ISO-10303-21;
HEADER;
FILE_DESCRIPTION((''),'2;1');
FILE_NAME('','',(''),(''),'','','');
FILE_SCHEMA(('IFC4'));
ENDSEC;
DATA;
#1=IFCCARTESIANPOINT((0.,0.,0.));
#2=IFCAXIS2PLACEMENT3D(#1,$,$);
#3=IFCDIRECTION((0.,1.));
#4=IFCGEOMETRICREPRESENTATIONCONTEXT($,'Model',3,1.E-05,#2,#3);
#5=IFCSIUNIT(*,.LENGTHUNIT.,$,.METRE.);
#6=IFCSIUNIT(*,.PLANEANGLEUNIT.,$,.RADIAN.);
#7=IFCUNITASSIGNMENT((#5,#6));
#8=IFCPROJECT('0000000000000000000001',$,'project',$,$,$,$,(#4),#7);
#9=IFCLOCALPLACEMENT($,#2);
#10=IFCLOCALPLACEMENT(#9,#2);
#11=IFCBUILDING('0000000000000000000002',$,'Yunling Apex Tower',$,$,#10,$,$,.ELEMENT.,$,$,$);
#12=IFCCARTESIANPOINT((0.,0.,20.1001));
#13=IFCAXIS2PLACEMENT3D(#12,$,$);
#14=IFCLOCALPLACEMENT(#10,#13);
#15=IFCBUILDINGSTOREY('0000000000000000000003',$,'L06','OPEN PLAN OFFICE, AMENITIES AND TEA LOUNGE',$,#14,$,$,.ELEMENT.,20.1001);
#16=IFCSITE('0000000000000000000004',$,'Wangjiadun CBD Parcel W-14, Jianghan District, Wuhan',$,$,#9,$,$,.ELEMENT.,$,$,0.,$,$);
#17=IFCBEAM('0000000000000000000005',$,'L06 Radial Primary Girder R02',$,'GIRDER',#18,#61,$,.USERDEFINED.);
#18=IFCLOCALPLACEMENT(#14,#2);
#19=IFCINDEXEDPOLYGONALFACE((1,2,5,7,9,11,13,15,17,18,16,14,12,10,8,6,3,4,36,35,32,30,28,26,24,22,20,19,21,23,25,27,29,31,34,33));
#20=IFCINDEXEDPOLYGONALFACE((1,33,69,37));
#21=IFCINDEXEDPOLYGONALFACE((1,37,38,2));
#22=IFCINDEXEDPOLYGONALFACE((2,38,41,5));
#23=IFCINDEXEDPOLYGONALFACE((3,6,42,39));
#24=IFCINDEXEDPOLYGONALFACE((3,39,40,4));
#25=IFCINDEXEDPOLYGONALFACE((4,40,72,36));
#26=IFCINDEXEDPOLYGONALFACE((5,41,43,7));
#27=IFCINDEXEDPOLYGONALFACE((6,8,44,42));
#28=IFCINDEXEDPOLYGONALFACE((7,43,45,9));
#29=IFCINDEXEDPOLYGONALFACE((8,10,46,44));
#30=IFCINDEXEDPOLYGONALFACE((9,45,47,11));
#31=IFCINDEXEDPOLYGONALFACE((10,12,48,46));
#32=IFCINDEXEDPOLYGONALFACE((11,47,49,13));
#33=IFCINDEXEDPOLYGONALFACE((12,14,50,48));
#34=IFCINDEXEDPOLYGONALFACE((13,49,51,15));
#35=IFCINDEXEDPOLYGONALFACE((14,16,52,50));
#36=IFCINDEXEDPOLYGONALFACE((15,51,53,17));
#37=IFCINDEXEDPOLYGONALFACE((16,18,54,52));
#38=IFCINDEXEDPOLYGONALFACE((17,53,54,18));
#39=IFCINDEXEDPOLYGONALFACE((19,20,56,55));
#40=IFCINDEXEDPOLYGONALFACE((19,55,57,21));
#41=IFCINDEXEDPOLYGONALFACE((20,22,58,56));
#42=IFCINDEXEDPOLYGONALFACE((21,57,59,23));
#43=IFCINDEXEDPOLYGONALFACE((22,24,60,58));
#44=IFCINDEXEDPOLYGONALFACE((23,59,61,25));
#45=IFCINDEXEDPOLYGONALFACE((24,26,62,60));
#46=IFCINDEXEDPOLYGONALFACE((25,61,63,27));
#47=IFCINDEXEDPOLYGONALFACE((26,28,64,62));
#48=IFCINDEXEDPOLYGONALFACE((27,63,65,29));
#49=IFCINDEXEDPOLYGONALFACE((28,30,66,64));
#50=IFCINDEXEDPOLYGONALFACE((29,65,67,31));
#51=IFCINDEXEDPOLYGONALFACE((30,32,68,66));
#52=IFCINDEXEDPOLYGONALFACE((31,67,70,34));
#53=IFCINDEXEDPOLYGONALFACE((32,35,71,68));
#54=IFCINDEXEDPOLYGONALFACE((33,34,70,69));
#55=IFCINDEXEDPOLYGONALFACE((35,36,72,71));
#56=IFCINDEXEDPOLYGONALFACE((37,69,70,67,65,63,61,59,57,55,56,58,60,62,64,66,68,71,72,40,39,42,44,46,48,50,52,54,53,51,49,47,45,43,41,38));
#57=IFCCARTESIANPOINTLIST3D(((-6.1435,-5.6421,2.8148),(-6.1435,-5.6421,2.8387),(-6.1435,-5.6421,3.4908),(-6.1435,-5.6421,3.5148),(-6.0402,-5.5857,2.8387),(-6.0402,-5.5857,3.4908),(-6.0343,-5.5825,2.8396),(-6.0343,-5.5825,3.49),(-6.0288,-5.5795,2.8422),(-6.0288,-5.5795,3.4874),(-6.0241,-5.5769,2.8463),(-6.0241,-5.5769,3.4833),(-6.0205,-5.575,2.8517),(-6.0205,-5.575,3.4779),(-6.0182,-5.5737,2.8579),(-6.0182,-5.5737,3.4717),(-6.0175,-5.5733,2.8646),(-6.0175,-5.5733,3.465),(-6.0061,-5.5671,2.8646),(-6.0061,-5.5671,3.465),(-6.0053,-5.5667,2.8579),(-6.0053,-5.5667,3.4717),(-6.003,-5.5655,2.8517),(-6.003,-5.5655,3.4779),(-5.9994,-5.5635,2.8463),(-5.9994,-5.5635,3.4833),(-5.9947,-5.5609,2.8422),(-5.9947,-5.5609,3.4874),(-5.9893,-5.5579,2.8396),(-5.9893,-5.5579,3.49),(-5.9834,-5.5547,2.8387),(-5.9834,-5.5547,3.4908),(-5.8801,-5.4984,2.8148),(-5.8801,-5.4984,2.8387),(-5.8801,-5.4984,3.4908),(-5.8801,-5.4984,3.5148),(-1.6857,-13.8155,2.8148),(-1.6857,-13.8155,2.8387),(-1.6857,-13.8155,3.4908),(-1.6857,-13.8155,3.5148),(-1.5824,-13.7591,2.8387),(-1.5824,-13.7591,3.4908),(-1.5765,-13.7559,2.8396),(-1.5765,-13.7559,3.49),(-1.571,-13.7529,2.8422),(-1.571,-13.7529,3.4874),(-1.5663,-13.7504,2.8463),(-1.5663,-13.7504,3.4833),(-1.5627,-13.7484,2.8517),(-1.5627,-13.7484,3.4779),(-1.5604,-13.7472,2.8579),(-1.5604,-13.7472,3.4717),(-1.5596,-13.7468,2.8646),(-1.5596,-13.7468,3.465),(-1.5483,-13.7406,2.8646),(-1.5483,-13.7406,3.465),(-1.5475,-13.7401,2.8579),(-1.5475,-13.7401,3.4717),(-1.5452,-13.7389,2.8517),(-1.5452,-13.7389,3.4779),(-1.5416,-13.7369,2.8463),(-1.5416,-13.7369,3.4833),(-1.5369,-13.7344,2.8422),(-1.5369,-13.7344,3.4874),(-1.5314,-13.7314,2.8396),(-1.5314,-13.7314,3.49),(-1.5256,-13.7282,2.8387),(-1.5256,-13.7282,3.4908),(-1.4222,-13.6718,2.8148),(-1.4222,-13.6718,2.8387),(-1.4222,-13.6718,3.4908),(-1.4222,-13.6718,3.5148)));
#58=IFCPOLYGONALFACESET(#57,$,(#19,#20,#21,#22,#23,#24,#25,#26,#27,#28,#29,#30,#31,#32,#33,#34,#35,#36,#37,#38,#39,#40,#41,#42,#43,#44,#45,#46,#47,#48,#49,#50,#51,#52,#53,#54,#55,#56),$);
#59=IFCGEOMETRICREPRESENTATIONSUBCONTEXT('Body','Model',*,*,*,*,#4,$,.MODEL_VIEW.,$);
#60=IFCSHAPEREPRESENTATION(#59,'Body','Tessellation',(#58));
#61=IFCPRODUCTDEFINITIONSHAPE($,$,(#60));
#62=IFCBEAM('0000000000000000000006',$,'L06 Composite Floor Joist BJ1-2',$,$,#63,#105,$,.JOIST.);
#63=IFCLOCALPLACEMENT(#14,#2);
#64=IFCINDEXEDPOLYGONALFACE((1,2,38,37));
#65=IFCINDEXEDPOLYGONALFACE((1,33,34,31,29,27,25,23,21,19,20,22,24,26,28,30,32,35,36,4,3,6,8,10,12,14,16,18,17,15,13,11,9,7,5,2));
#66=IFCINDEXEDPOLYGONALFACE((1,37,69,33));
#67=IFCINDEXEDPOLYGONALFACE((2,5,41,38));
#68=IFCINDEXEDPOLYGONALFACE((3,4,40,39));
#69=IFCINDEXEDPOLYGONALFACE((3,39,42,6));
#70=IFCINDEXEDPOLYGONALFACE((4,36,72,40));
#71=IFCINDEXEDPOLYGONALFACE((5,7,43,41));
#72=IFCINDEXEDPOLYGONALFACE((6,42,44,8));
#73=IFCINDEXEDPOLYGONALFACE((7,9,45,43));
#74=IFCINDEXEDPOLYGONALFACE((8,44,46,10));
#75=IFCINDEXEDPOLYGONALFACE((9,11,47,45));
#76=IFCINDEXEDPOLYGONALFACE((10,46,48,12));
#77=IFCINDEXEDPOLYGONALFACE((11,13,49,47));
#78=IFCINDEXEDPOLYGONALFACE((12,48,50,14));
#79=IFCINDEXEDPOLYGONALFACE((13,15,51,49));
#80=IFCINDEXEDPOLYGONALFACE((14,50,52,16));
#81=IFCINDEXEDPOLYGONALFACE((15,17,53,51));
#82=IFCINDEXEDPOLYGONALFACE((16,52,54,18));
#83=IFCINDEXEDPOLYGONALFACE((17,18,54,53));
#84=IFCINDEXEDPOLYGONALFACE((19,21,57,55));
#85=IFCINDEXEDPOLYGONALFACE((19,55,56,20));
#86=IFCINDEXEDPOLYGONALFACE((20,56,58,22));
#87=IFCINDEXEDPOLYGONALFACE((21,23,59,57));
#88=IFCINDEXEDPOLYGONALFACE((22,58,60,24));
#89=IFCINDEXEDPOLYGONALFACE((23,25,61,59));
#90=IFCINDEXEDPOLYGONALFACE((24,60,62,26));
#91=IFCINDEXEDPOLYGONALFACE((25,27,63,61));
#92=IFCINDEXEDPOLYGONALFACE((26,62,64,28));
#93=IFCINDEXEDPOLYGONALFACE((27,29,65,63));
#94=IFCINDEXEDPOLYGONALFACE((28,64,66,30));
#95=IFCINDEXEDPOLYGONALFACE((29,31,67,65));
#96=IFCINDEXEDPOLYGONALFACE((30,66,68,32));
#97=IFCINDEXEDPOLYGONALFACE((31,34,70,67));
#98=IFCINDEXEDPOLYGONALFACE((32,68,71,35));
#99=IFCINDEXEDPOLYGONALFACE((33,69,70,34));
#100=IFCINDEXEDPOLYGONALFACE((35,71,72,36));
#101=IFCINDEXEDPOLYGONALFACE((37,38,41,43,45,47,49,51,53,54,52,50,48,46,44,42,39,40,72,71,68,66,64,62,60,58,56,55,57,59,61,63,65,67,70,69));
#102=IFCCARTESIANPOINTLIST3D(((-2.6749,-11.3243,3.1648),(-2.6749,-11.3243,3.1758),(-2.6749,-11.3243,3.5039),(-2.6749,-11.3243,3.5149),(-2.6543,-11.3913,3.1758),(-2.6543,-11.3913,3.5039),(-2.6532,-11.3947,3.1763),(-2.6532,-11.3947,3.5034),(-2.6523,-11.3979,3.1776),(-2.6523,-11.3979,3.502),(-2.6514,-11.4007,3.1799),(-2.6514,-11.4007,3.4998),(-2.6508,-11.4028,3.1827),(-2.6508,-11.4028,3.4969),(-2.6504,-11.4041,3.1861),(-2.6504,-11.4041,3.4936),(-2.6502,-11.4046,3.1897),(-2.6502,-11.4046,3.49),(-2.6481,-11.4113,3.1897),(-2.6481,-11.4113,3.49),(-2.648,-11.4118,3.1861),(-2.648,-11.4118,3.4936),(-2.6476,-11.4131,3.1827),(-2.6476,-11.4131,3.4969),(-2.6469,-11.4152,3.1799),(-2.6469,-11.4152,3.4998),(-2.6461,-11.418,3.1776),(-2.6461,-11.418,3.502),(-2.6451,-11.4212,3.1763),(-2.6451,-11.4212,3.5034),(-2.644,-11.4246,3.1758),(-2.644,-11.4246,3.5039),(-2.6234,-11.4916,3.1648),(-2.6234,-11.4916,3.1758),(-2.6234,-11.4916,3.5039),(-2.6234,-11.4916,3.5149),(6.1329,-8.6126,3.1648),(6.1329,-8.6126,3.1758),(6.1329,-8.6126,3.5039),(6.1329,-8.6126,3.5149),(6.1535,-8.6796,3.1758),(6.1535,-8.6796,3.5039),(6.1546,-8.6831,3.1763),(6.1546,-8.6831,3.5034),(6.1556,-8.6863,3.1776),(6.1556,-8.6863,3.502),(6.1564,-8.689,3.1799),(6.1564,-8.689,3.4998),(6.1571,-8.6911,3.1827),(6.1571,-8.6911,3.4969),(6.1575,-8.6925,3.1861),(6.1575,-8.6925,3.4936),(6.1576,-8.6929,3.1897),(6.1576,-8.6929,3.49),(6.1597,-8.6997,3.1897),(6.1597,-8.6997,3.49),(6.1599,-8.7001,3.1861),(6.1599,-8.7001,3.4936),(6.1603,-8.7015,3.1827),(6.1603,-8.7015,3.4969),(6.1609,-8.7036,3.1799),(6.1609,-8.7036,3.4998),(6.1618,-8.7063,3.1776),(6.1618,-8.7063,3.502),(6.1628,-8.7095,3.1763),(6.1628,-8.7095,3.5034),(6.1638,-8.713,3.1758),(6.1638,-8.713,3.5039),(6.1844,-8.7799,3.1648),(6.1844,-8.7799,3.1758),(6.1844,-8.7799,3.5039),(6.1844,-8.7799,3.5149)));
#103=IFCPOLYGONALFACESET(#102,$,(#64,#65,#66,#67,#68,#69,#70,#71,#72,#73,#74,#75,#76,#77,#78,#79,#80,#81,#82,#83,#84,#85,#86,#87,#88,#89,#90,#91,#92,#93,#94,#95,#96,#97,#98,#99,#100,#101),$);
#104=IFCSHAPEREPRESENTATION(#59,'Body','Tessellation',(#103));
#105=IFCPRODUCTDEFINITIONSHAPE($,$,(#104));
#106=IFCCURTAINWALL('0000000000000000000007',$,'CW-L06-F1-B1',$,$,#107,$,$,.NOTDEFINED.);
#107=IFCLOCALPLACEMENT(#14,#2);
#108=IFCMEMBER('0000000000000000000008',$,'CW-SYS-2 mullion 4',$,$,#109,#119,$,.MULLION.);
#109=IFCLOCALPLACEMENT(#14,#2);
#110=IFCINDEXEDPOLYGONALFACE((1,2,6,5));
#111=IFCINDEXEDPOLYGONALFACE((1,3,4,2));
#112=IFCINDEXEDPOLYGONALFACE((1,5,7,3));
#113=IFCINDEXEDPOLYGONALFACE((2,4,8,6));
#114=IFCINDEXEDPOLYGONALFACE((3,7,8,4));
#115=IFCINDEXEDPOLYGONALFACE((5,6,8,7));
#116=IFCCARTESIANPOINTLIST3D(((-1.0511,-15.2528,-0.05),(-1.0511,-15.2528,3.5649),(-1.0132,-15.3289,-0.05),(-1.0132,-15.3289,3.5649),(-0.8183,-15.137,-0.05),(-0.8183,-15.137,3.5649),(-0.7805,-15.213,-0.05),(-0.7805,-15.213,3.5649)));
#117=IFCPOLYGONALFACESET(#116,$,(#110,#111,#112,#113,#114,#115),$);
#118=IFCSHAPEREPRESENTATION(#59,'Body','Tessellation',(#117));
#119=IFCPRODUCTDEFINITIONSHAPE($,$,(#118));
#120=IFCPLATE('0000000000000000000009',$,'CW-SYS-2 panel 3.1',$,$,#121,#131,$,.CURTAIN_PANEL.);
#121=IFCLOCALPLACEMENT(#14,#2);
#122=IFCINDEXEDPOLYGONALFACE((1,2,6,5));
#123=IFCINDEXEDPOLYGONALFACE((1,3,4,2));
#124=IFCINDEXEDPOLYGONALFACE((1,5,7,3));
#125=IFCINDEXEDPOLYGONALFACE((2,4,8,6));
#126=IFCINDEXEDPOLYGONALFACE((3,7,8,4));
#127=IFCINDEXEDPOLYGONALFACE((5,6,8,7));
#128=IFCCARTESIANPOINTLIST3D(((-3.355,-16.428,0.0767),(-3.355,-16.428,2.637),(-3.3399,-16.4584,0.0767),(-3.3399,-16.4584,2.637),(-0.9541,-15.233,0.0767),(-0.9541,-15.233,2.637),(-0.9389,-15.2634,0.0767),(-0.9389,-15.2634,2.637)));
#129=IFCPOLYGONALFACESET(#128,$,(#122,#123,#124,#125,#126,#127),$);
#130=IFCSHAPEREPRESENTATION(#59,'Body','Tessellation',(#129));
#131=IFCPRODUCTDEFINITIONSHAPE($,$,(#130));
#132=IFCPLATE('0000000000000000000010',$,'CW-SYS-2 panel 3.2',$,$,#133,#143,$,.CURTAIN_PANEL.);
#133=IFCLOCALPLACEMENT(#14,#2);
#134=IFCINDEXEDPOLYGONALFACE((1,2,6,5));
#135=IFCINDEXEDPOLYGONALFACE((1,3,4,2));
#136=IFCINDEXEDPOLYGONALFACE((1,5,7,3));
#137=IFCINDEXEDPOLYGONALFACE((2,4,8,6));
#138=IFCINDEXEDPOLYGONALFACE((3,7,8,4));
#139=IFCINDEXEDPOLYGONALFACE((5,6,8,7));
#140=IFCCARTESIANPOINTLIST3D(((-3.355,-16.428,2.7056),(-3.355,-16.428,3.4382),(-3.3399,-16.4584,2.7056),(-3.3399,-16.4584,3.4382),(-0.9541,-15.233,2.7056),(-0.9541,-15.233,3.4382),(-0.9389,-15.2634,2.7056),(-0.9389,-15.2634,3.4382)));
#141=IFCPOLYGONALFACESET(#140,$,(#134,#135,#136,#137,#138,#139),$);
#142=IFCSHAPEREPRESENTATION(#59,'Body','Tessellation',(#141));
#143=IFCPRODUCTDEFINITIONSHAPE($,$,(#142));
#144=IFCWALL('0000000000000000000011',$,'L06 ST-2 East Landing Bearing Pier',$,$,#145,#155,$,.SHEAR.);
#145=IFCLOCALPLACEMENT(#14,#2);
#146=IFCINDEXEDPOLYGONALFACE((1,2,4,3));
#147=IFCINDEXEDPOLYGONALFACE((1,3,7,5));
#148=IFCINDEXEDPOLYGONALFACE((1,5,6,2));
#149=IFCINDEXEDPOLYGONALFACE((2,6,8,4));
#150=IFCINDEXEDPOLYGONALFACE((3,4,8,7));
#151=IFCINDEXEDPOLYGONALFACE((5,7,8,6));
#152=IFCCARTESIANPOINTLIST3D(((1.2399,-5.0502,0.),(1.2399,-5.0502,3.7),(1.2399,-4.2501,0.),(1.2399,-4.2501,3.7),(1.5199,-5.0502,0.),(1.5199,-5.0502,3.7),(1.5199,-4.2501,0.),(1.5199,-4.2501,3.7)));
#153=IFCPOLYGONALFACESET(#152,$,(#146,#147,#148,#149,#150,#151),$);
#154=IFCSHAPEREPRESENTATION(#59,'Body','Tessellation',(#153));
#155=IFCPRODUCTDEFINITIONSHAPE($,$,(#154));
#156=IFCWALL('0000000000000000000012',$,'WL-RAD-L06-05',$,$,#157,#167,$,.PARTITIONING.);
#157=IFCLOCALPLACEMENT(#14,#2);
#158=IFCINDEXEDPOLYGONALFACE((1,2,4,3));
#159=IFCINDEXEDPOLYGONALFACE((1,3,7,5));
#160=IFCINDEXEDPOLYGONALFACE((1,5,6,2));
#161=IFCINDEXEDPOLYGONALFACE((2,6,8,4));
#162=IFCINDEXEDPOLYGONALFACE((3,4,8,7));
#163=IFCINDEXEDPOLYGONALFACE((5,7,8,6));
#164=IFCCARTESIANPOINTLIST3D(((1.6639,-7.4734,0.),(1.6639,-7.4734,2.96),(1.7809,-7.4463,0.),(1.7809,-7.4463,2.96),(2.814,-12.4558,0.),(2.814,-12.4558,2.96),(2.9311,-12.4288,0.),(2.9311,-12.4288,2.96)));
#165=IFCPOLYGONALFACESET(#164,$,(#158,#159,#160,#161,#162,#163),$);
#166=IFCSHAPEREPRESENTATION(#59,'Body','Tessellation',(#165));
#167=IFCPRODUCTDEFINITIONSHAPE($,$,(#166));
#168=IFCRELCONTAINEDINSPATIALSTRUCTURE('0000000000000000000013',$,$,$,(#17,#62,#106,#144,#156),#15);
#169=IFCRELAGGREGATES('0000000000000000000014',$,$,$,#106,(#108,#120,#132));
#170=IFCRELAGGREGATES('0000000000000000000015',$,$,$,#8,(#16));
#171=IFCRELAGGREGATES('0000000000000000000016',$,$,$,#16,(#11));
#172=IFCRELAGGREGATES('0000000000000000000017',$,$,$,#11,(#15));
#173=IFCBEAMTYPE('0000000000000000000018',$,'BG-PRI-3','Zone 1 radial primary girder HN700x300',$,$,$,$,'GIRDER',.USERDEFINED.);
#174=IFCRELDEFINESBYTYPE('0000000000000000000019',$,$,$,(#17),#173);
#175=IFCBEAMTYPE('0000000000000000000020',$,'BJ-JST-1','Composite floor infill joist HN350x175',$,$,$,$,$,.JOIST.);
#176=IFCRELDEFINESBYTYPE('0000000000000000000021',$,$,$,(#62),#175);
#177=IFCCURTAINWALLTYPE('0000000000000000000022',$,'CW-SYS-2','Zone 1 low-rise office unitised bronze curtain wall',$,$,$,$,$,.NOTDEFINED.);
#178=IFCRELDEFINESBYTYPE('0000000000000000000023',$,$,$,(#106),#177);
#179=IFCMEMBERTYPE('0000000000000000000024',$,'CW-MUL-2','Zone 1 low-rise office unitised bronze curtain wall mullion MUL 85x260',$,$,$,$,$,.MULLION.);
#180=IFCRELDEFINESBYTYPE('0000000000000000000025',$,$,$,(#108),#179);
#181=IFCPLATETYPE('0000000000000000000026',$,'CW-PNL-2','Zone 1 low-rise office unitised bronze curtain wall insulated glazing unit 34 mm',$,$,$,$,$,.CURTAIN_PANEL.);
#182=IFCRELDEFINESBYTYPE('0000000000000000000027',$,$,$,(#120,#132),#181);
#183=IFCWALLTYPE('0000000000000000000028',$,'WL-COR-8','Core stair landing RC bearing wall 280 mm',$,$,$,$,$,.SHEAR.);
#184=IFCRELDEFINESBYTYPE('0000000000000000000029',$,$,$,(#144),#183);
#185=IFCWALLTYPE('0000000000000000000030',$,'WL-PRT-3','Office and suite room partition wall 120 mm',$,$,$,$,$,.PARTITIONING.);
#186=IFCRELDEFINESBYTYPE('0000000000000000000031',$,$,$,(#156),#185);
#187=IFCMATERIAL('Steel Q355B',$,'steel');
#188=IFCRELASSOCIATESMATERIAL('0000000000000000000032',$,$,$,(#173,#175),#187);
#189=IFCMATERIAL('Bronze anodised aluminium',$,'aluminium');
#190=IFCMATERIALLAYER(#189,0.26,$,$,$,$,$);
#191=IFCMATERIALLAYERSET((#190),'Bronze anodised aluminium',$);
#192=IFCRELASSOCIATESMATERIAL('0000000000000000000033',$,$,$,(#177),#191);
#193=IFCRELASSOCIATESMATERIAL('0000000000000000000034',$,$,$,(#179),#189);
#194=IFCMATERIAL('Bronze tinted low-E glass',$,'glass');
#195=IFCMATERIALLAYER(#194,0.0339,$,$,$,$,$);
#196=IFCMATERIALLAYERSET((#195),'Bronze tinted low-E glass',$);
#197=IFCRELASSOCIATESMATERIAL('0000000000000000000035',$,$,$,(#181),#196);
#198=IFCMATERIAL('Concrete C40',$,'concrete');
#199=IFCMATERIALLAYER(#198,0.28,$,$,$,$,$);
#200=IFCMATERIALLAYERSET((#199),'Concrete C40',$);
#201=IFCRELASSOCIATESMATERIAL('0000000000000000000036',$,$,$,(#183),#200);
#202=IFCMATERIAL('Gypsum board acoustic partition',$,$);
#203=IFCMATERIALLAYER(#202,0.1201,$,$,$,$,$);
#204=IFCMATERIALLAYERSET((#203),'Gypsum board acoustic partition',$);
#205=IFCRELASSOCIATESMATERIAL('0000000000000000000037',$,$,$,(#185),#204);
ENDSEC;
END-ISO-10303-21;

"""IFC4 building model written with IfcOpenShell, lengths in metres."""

from ifc_helpers import new_model, si_unit, direction, frame, frame_2d, origin, origin_2d, place, context, subcontext, project, spatial, rectangle, i_section, extrude, source, transform, mapped, material, layer, layer_set, material_profile, profile_set, type_object, element, aggregate, save


model = new_model("IFC4")

# Units and contexts
model_context = context("Model", 3, precision=1e-05, world=origin(), true_north=direction((0.0, 1.0)))
body_context = subcontext(model_context, "Body", "Model", "MODEL_VIEW")
ifc_project = project(units=[si_unit("LENGTHUNIT", "METRE"), si_unit("PLANEANGLEUNIT", "RADIAN")], contexts=[model_context])

# Site, building, storey
site_placement = place(None, origin())
site = spatial("IfcSite", under=ifc_project, at=site_placement, Name="Wangjiadun CBD Parcel W-14, Jianghan District, Wuhan", CompositionType="ELEMENT", RefElevation=0.0)
building_placement = place(site_placement, origin())
building = spatial("IfcBuilding", under=site, at=building_placement, Name="Yunling Apex Tower", CompositionType="ELEMENT")
storey_placement = place(building_placement, frame((0.0, 0.0, 20.1001)))
storey = spatial("IfcBuildingStorey", under=building, at=storey_placement, Name="L06", Description="OPEN PLAN OFFICE, AMENITIES AND TEA LOUNGE", CompositionType="ELEMENT", Elevation=20.1001)

# Beams
ifc_material_1 = material(Name="Steel Q355B", Category="steel")
ifc_material_profile_1 = material_profile(ifc_material_1, i_section(OverallWidth=0.3, OverallDepth=0.7, WebThickness=0.0129, FlangeThickness=0.0239, FilletRadius=0.0259, at=origin_2d()))
ifc_profile_set_1 = profile_set([ifc_material_profile_1], Name="Steel Q355B")
beam_type_1 = type_object("IfcBeamType", Name="BG-PRI-3", Description="Zone 1 radial primary girder HN700x300", ElementType="GIRDER", PredefinedType="USERDEFINED", material=ifc_profile_set_1)
shared_shape_1 = source(origin(), body_context, "Body", "SweptSolid", [
    extrude(i_section(OverallWidth=0.3, OverallDepth=0.7, WebThickness=0.0129, FlangeThickness=0.0239, FilletRadius=0.0259, at=origin_2d()), origin(), (0.0, 0.0, 1.0), 9.3101),
])
beam_1_placement = place(storey_placement, frame((-1.554, -13.7437, 3.1648), z_axis=(-0.478817, 0.877915, 0.0), x_axis=(-0.877915, -0.478817, 0.0)))
element("IfcBeam", 1, at=beam_1_placement, inside=storey, type_object=beam_type_1, Name="L06 Radial Primary Girder R02", ObjectType="GIRDER", PredefinedType="USERDEFINED", context=body_context, shape_type="MappedRepresentation", body=[
    mapped(shared_shape_1, transform((0.0, 0.0, 0.0), scale=1.0)),
])
ifc_material_profile_2 = material_profile(ifc_material_1, i_section(OverallWidth=0.175, OverallDepth=0.3501, WebThickness=0.0071, FlangeThickness=0.011, FilletRadius=0.0139, at=origin_2d()))
ifc_profile_set_2 = profile_set([ifc_material_profile_2], Name="Steel Q355B")
beam_type_2 = type_object("IfcBeamType", Name="BJ-JST-1", Description="Composite floor infill joist HN350x175", PredefinedType="JOIST", material=ifc_profile_set_2)
shared_shape_2 = source(origin(), body_context, "Body", "SweptSolid", [
    extrude(i_section(OverallWidth=0.175, OverallDepth=0.3501, WebThickness=0.0071, FlangeThickness=0.011, FilletRadius=0.0139, at=origin_2d()), origin(), (0.0, 0.0, 1.0), 9.2158),
])
beam_2_placement = place(storey_placement, frame((-2.6492, -11.408, 3.3398), z_axis=(0.955731, 0.29424, 0.0), x_axis=(-0.29424, 0.955731, 0.0)))
element("IfcBeam", 2, at=beam_2_placement, inside=storey, type_object=beam_type_2, Name="L06 Composite Floor Joist BJ1-2", PredefinedType="JOIST", context=body_context, shape_type="MappedRepresentation", body=[
    mapped(shared_shape_2, transform((0.0, 0.0, 0.0), scale=1.0)),
])

# Curtain wall, member, plates
ifc_material_2 = material(Name="Bronze anodised aluminium", Category="aluminium")
ifc_layer_1 = layer(ifc_material_2, 0.26)
ifc_layer_set_1 = layer_set([ifc_layer_1], Name="Bronze anodised aluminium")
curtain_wall_type = type_object("IfcCurtainWallType", Name="CW-SYS-2", Description="Zone 1 low-rise office unitised bronze curtain wall", PredefinedType="NOTDEFINED", material=ifc_layer_set_1)
curtain_wall_placement = place(storey_placement, origin())
curtain_wall = element("IfcCurtainWall", 3, at=curtain_wall_placement, inside=storey, type_object=curtain_wall_type, Name="CW-L06-F1-B1", PredefinedType="NOTDEFINED")
ifc_material_profile_3 = material_profile(ifc_material_2, rectangle(XDim=0.085, YDim=0.26, at=origin_2d()))
ifc_profile_set_3 = profile_set([ifc_material_profile_3], Name="Bronze anodised aluminium")
member_type = type_object("IfcMemberType", Name="CW-MUL-2", Description="Zone 1 low-rise office unitised bronze curtain wall mullion MUL 85x260", PredefinedType="MULLION", material=ifc_profile_set_3)
shared_shape_3 = source(origin(), body_context, "Body", "SweptSolid", [
    extrude(rectangle(XDim=0.085, YDim=0.26, at=origin_2d()), origin(), (0.0, 0.0, 1.0), 3.615),
])
member_placement = place(storey_placement, frame((-0.9158, -15.2329, -0.05), z_axis=(0.0, 0.0, 1.0), x_axis=(-0.445571, 0.895247, 0.0)))
member = element("IfcMember", 4, at=member_placement, type_object=member_type, Name="CW-SYS-2 mullion 4", PredefinedType="MULLION", context=body_context, shape_type="MappedRepresentation", body=[
    mapped(shared_shape_3, transform((0.0, 0.0, 0.0), scale=1.0)),
])
ifc_material_3 = material(Name="Bronze tinted low-E glass", Category="glass")
ifc_layer_2 = layer(ifc_material_3, 0.0339)
ifc_layer_set_2 = layer_set([ifc_layer_2], Name="Bronze tinted low-E glass")
plate_type = type_object("IfcPlateType", Name="CW-PNL-2", Description="Zone 1 low-rise office unitised bronze curtain wall insulated glazing unit 34 mm", PredefinedType="CURTAIN_PANEL", material=ifc_layer_set_2)
shared_shape_4 = source(origin(), body_context, "Body", "SweptSolid", [
    extrude(rectangle(XDim=2.6819, YDim=0.0339, at=origin_2d()), origin(), (0.0, 0.0, 1.0), 2.5603),
])
plate_1_placement = place(storey_placement, frame((-2.147, -15.8457, 0.0767), z_axis=(0.0, 0.0, 1.0), x_axis=(0.895247, 0.445571, 0.0)))
plate_1 = element("IfcPlate", 5, at=plate_1_placement, type_object=plate_type, Name="CW-SYS-2 panel 3.1", PredefinedType="CURTAIN_PANEL", context=body_context, shape_type="MappedRepresentation", body=[
    mapped(shared_shape_4, transform((0.0, 0.0, 0.0), scale=1.0)),
])
shared_shape_5 = source(origin(), body_context, "Body", "SweptSolid", [
    extrude(rectangle(XDim=2.6819, YDim=0.0339, at=origin_2d()), origin(), (0.0, 0.0, 1.0), 0.7327),
])
plate_2_placement = place(storey_placement, frame((-2.147, -15.8457, 2.7056), z_axis=(0.0, 0.0, 1.0), x_axis=(0.895247, 0.445571, 0.0)))
plate_2 = element("IfcPlate", 6, at=plate_2_placement, type_object=plate_type, Name="CW-SYS-2 panel 3.2", PredefinedType="CURTAIN_PANEL", context=body_context, shape_type="MappedRepresentation", body=[
    mapped(shared_shape_5, transform((0.0, 0.0, 0.0), scale=1.0)),
])
aggregate(curtain_wall, [member, plate_1, plate_2])

# Walls
ifc_material_4 = material(Name="Concrete C40", Category="concrete")
ifc_layer_3 = layer(ifc_material_4, 0.28)
ifc_layer_set_3 = layer_set([ifc_layer_3], Name="Concrete C40")
wall_type_1 = type_object("IfcWallType", Name="WL-COR-8", Description="Core stair landing RC bearing wall 280 mm", PredefinedType="SHEAR", material=ifc_layer_set_3)
wall_1_placement = place(storey_placement, frame((1.3799, -5.05, 0.0), z_axis=(0.0, 0.0, 1.0), x_axis=(0.0, 1.0, 0.0)))
element("IfcWall", 7, at=wall_1_placement, inside=storey, type_object=wall_type_1, Name="L06 ST-2 East Landing Bearing Pier", PredefinedType="SHEAR", context=body_context, shape_type="SweptSolid", body=[
    extrude(rectangle(XDim=0.8, YDim=0.28, at=frame_2d((0.3999, 0.0))), origin(), (0.0, 0.0, 1.0), 3.7),
])
ifc_material_5 = material(Name="Gypsum board acoustic partition")
ifc_layer_4 = layer(ifc_material_5, 0.1201)
ifc_layer_set_4 = layer_set([ifc_layer_4], Name="Gypsum board acoustic partition")
wall_type_2 = type_object("IfcWallType", Name="WL-PRT-3", Description="Office and suite room partition wall 120 mm", PredefinedType="PARTITIONING", material=ifc_layer_set_4)
wall_2_placement = place(storey_placement, frame((1.7224, -7.46, 0.0), z_axis=(0.0, 0.0, 1.0), x_axis=(0.224926, -0.974376, 0.0)))
element("IfcWall", 8, at=wall_2_placement, inside=storey, type_object=wall_type_2, Name="WL-RAD-L06-05", PredefinedType="PARTITIONING", context=body_context, shape_type="SweptSolid", body=[
    extrude(rectangle(XDim=5.1135, YDim=0.1201, at=frame_2d((2.5566, 0.0))), origin(), (0.0, 0.0, 1.0), 2.96),
])

save(model, "model.ifc")
